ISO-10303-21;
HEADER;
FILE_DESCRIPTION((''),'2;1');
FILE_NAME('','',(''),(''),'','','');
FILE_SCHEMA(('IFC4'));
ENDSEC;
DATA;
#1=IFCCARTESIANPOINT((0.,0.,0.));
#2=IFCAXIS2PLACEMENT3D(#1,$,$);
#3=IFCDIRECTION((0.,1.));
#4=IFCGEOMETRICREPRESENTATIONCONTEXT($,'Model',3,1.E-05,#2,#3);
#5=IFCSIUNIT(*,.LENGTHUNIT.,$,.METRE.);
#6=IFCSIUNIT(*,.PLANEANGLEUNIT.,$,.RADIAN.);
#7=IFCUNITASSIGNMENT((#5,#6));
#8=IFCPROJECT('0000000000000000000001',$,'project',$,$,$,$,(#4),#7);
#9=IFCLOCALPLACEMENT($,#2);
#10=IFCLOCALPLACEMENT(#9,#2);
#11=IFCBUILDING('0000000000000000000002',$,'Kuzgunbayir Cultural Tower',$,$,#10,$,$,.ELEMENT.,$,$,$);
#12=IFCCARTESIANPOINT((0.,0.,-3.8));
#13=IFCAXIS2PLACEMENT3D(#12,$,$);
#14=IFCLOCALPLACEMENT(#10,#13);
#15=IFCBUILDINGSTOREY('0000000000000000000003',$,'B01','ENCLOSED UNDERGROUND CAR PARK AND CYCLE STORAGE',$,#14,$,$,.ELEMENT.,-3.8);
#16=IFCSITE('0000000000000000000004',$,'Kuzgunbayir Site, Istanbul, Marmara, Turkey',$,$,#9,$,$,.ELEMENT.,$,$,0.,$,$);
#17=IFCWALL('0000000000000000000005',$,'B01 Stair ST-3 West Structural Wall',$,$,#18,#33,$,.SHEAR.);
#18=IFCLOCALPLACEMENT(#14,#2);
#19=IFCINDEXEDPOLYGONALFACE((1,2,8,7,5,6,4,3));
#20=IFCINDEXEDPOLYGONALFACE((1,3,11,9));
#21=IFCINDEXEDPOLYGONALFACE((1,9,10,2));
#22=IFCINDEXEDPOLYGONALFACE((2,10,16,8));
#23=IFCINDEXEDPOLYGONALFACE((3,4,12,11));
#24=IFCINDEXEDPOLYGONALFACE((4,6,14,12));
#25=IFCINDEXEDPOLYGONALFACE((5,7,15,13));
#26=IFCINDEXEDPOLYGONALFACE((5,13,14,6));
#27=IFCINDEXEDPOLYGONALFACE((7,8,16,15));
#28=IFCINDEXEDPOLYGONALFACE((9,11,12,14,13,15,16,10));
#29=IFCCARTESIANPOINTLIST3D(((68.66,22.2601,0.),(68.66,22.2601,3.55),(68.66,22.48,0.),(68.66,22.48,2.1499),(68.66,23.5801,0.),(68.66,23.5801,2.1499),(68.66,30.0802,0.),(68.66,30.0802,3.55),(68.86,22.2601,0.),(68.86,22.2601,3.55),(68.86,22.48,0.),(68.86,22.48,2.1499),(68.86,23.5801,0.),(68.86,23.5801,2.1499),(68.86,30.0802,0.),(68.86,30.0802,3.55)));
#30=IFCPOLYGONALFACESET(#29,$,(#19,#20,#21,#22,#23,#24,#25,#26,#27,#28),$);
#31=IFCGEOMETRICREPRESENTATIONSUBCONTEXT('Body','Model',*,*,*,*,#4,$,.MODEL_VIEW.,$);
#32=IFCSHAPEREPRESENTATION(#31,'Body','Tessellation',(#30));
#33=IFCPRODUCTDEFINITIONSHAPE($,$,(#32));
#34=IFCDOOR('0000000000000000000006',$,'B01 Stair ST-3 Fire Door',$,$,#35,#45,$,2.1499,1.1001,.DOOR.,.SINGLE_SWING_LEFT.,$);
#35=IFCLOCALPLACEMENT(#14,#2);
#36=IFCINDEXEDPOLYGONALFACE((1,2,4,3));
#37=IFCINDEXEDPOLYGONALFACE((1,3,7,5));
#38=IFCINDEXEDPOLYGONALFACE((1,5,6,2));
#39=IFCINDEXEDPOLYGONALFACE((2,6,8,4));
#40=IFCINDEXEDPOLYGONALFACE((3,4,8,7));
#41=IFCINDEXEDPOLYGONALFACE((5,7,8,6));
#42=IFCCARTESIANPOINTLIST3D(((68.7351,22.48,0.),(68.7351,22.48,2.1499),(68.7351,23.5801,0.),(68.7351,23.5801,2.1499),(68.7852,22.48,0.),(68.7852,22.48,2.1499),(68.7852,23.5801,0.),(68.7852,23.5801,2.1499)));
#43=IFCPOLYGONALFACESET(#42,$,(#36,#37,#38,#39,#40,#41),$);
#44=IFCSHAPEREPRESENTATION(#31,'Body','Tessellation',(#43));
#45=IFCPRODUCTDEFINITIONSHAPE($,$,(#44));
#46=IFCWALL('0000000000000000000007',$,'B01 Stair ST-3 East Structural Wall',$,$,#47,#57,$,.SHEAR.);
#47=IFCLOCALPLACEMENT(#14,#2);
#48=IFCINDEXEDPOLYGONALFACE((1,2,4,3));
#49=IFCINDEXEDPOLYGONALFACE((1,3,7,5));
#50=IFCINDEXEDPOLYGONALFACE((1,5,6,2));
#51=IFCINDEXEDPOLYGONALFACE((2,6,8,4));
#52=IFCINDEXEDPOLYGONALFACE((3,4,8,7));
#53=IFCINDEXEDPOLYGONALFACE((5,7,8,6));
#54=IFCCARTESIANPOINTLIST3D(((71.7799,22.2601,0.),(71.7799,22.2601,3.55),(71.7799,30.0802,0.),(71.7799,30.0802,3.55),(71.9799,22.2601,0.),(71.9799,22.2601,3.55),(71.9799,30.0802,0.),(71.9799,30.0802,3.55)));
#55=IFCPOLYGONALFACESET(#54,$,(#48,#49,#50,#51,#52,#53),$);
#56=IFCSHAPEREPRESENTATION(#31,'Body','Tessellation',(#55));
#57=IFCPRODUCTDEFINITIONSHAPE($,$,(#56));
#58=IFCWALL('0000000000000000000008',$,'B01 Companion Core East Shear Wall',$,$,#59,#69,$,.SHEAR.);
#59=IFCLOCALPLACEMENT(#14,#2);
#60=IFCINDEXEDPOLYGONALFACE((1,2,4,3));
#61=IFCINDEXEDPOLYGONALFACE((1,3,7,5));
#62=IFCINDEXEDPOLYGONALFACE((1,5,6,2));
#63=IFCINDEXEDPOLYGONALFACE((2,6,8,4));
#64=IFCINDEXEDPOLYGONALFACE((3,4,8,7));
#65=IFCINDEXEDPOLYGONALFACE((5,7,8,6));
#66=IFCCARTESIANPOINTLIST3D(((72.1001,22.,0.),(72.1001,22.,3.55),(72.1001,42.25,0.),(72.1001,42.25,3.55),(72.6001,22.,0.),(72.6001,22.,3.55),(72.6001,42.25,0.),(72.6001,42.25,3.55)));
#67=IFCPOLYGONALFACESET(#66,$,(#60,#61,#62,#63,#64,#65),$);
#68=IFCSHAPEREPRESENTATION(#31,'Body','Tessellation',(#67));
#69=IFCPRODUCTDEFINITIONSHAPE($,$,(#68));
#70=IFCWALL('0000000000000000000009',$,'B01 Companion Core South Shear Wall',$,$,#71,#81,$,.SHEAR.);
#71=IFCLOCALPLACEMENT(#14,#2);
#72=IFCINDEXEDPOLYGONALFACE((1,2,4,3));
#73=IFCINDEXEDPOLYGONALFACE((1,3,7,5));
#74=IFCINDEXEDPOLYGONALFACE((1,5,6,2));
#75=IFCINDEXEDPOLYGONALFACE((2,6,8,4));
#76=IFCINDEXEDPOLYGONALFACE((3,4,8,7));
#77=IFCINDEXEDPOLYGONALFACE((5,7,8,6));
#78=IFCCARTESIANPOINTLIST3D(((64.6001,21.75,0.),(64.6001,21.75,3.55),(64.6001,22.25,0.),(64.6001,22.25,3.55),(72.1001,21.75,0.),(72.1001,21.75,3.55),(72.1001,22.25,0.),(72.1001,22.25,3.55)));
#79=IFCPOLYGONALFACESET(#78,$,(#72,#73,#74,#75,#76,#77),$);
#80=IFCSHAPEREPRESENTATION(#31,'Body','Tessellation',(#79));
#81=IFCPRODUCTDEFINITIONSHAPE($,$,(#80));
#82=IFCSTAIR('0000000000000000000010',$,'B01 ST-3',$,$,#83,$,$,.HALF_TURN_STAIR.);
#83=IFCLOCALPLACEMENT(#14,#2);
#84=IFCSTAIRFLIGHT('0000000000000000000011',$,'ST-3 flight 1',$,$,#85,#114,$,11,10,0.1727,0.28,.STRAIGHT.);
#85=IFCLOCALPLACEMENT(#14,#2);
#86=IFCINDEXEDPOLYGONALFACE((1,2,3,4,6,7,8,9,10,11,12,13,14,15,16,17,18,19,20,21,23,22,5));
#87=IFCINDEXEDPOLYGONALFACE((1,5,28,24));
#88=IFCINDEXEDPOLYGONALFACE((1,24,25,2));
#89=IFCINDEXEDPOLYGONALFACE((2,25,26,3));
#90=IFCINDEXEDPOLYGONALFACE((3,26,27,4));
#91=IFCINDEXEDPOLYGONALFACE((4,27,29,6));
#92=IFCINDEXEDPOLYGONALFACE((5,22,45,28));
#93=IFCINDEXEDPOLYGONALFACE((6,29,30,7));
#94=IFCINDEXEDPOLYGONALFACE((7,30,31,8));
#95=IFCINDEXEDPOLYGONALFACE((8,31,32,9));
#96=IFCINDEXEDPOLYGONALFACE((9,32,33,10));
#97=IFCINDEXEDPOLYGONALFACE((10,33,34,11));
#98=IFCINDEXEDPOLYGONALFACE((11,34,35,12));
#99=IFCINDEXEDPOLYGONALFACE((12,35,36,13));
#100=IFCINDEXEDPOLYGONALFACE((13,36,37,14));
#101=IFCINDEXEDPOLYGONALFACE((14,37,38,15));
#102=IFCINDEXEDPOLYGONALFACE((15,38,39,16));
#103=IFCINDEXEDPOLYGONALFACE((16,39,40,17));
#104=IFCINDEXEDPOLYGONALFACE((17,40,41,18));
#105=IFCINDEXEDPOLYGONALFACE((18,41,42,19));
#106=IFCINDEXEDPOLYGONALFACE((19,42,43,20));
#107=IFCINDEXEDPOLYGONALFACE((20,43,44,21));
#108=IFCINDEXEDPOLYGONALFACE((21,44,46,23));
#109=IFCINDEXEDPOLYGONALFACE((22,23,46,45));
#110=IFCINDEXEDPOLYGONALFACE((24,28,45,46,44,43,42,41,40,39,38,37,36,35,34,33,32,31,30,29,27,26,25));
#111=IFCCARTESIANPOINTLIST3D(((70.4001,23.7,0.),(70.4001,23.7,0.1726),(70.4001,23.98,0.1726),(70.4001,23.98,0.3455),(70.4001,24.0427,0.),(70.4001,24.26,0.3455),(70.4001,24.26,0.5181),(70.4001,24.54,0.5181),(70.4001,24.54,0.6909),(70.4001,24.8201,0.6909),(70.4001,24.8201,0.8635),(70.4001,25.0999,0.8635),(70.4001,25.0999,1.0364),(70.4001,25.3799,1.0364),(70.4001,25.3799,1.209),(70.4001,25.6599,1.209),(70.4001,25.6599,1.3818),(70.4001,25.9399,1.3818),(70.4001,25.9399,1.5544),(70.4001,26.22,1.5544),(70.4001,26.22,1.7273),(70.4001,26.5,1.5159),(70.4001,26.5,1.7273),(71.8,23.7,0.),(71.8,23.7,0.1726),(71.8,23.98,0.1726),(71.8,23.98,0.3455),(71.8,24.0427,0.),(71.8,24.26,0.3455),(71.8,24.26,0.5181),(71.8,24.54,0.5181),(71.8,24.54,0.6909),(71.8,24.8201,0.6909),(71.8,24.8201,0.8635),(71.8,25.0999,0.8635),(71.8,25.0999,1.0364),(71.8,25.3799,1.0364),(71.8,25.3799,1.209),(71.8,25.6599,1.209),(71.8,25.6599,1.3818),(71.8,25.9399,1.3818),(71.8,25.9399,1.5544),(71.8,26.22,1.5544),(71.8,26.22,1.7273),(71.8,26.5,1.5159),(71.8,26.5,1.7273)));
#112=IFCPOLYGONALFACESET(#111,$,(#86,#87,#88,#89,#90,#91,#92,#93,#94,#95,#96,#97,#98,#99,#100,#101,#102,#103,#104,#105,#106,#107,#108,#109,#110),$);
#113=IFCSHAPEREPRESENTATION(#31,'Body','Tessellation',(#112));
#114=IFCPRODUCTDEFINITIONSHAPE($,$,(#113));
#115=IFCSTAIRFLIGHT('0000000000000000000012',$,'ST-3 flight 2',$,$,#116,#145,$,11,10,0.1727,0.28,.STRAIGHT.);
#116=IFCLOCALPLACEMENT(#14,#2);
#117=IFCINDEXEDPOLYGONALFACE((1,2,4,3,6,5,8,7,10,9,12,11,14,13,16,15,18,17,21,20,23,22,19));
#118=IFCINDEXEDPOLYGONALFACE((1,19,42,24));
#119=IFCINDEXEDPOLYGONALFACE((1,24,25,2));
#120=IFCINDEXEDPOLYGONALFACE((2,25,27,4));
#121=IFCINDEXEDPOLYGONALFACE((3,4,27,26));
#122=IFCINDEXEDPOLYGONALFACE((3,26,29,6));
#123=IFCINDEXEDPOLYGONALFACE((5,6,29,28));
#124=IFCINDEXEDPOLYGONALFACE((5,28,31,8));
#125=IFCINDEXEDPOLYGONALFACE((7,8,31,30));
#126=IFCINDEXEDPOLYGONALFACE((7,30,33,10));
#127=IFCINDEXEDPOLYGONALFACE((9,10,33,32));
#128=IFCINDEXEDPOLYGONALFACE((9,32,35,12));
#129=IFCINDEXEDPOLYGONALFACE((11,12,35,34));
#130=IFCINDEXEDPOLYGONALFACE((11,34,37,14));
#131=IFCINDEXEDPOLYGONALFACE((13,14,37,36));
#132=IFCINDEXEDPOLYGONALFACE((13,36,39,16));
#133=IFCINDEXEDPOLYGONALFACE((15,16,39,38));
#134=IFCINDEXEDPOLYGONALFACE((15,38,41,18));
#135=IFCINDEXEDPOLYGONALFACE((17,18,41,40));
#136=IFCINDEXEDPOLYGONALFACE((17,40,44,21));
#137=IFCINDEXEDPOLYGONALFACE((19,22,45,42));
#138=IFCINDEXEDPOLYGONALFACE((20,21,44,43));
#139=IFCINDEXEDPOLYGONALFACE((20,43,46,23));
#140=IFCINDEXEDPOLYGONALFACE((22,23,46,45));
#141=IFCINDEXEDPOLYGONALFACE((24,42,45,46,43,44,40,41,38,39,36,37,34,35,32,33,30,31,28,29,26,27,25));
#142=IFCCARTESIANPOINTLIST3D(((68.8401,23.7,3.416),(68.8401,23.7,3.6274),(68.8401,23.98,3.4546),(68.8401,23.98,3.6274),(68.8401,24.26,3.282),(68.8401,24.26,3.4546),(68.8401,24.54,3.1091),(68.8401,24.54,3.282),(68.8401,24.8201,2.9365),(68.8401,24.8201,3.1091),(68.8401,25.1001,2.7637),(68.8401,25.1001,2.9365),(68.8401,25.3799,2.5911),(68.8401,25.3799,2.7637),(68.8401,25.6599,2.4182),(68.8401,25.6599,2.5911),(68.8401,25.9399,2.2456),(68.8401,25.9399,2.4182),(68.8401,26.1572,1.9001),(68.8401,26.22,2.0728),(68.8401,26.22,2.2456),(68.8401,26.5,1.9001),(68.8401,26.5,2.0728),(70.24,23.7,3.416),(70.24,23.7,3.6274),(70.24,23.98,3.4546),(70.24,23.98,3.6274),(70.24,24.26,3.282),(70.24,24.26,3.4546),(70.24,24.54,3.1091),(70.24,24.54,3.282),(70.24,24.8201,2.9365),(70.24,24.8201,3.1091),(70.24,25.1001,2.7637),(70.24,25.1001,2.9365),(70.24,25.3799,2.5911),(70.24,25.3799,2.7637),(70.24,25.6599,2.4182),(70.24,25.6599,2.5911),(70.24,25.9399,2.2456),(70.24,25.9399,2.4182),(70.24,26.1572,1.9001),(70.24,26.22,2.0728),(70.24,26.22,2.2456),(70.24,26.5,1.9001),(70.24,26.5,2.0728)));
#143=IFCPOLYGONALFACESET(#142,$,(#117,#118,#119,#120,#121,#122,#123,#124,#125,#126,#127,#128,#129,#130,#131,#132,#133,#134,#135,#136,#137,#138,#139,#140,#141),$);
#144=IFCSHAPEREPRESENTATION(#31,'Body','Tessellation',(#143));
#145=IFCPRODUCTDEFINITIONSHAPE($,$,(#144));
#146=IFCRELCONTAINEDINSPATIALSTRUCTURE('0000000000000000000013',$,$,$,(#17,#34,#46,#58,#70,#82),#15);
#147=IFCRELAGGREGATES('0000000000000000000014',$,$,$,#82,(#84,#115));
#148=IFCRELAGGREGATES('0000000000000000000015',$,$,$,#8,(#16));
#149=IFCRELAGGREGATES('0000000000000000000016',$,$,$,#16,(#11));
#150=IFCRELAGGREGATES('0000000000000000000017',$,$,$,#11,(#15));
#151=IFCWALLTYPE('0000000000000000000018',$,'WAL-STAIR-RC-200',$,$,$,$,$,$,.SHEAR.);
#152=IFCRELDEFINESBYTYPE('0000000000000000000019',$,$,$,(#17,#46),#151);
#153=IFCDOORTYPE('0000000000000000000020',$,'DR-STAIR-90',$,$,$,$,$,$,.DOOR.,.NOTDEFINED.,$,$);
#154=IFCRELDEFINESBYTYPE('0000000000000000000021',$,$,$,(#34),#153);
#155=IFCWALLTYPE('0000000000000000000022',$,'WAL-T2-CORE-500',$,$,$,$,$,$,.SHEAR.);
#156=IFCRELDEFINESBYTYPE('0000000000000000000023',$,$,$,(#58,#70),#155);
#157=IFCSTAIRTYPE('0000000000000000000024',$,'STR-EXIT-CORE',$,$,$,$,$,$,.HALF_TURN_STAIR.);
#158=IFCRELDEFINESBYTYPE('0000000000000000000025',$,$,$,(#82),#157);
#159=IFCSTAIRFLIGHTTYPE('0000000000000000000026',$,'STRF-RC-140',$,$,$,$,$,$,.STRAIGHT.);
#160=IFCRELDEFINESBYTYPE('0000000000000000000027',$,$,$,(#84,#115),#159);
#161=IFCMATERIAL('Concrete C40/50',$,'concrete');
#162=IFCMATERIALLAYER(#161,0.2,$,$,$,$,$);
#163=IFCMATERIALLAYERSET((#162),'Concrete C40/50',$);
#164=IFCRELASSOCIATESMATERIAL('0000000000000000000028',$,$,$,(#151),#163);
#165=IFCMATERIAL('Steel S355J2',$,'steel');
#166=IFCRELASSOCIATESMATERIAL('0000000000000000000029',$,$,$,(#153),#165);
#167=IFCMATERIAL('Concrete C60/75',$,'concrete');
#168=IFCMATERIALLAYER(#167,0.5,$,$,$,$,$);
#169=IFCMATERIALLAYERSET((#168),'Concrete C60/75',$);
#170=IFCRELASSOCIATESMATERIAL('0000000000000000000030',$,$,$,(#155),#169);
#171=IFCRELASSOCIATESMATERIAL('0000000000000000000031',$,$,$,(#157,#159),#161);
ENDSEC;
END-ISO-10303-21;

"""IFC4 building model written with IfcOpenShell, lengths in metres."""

from ifc_helpers import new_model, si_unit, direction, frame, frame_2d, origin, place, context, subcontext, project, spatial, polyline, rectangle, outline, extrude, material, layer, layer_set, type_object, element, fill, aggregate, save


model = new_model("IFC4")

# Units and contexts
model_context = context("Model", 3, precision=1e-05, world=origin(), true_north=direction((0.0, 1.0)))
body_context = subcontext(model_context, "Body", "Model", "MODEL_VIEW")
ifc_project = project(units=[si_unit("LENGTHUNIT", "METRE"), si_unit("PLANEANGLEUNIT", "RADIAN")], contexts=[model_context])

# Site, building, storey
site_placement = place(None, origin())
site = spatial("IfcSite", under=ifc_project, at=site_placement, Name="Kuzgunbayir Site, Istanbul, Marmara, Turkey", CompositionType="ELEMENT", RefElevation=0.0)
building_placement = place(site_placement, origin())
building = spatial("IfcBuilding", under=site, at=building_placement, Name="Kuzgunbayir Cultural Tower", CompositionType="ELEMENT")
storey_placement = place(building_placement, frame((0.0, 0.0, -3.8)))
storey = spatial("IfcBuildingStorey", under=building, at=storey_placement, Name="B01", Description="ENCLOSED UNDERGROUND CAR PARK AND CYCLE STORAGE", CompositionType="ELEMENT", Elevation=-3.8)

# Shared definitions
ifc_material_1 = material(Name="Concrete C60/75", Category="concrete")

# Wall, opening, door
ifc_material_2 = material(Name="Steel S355J2", Category="steel")
ifc_material_3 = material(Name="Concrete C40/50", Category="concrete")
ifc_layer_1 = layer(ifc_material_3, 0.2)
ifc_layer_set_1 = layer_set([ifc_layer_1], Name="Concrete C40/50")
wall_type_1 = type_object("IfcWallType", Name="WAL-STAIR-RC-200", PredefinedType="SHEAR", material=ifc_layer_set_1)
wall_1_placement = place(storey_placement, frame((68.76, 22.26, 0.0), z_axis=(0.0, 0.0, 1.0), x_axis=(0.0, 1.0, 0.0)))
wall_1 = element("IfcWall", 1, at=wall_1_placement, inside=storey, type_object=wall_type_1, Name="B01 Stair ST-3 West Structural Wall", PredefinedType="SHEAR", context=body_context, shape_type="SweptSolid", body=[
    extrude(rectangle(XDim=7.8201, YDim=0.2, at=frame_2d((3.9102, 0.0))), origin(), (0.0, 0.0, 1.0), 3.55),
])
opening_1_placement = place(wall_1_placement, frame((0.22, 0.0, 0.0)))
opening_1 = element("IfcOpeningElement", 2, at=opening_1_placement, cuts=wall_1, PredefinedType="OPENING", context=body_context, shape_type="SweptSolid", body=[
    extrude(rectangle(XDim=1.1001, YDim=2.1499, at=frame_2d((0.55, 1.075))), frame((0.0, 0.1099, 0.0), z_axis=(0.0, -1.0, 0.0), x_axis=(1.0, 0.0, 0.0)), (0.0, 0.0, 1.0), 0.22),
])
door_type_1 = type_object("IfcDoorType", Name="DR-STAIR-90", OperationType="NOTDEFINED", PredefinedType="DOOR", material=ifc_material_2)
door_1_placement = place(opening_1_placement, origin())
door_1 = element("IfcDoor", 3, at=door_1_placement, inside=storey, type_object=door_type_1, Name="B01 Stair ST-3 Fire Door", OperationType="SINGLE_SWING_LEFT", OverallHeight=2.1499, OverallWidth=1.1001, PredefinedType="DOOR", context=body_context, shape_type="SweptSolid", body=[
    extrude(rectangle(XDim=1.1001, YDim=2.1499, at=frame_2d((0.55, 1.075))), frame((0.0, 0.0249, 0.0), z_axis=(0.0, -1.0, 0.0), x_axis=(1.0, 0.0, 0.0)), (0.0, 0.0, 1.0), 0.05),
])
fill(opening_1, door_1)

# Walls
wall_2_placement = place(storey_placement, frame((71.8799, 22.26, 0.0), z_axis=(0.0, 0.0, 1.0), x_axis=(0.0, 1.0, 0.0)))
element("IfcWall", 4, at=wall_2_placement, inside=storey, type_object=wall_type_1, Name="B01 Stair ST-3 East Structural Wall", PredefinedType="SHEAR", context=body_context, shape_type="SweptSolid", body=[
    extrude(rectangle(XDim=7.8201, YDim=0.2, at=frame_2d((3.9102, 0.0))), origin(), (0.0, 0.0, 1.0), 3.55),
])
ifc_layer_2 = layer(ifc_material_1, 0.5)
ifc_layer_set_2 = layer_set([ifc_layer_2], Name="Concrete C60/75")
wall_type_2 = type_object("IfcWallType", Name="WAL-T2-CORE-500", PredefinedType="SHEAR", material=ifc_layer_set_2)
wall_3_placement = place(storey_placement, frame((72.3501, 22.0, 0.0), z_axis=(0.0, 0.0, 1.0), x_axis=(0.0, 1.0, 0.0)))
element("IfcWall", 5, at=wall_3_placement, inside=storey, type_object=wall_type_2, Name="B01 Companion Core East Shear Wall", PredefinedType="SHEAR", context=body_context, shape_type="SweptSolid", body=[
    extrude(rectangle(XDim=20.25, YDim=0.5, at=frame_2d((10.125, 0.0))), origin(), (0.0, 0.0, 1.0), 3.55),
])
wall_4_placement = place(storey_placement, frame((64.6001, 22.0, 0.0), z_axis=(0.0, 0.0, 1.0), x_axis=(1.0, 0.0, 0.0)))
element("IfcWall", 6, at=wall_4_placement, inside=storey, type_object=wall_type_2, Name="B01 Companion Core South Shear Wall", PredefinedType="SHEAR", context=body_context, shape_type="SweptSolid", body=[
    extrude(rectangle(XDim=7.5, YDim=0.5, at=frame_2d((3.75, 0.0))), origin(), (0.0, 0.0, 1.0), 3.55),
])

# Stair, stair flights
stair_type = type_object("IfcStairType", Name="STR-EXIT-CORE", PredefinedType="HALF_TURN_STAIR", material=ifc_material_3)
stair_placement = place(storey_placement, origin())
stair = element("IfcStair", 7, at=stair_placement, inside=storey, type_object=stair_type, Name="B01 ST-3", PredefinedType="HALF_TURN_STAIR")
stair_flight_type = type_object("IfcStairFlightType", Name="STRF-RC-140", PredefinedType="STRAIGHT", material=ifc_material_3)
stair_flight_1_placement = place(storey_placement, frame((71.1001, 23.7, 0.0), z_axis=(0.0, 0.0, 1.0), x_axis=(0.0, 1.0, 0.0)))
stair_flight_1 = element("IfcStairFlight", 8, at=stair_flight_1_placement, type_object=stair_flight_type, Name="ST-3 flight 1", NumberOfRisers=11, NumberOfTreads=10, PredefinedType="STRAIGHT", RiserHeight=0.1727, TreadLength=0.28, context=body_context, shape_type="SweptSolid", body=[
    extrude(outline(polyline([(0.0, 0.0), (0.0, 0.1726), (0.28, 0.1726), (0.28, 0.3455), (0.5601, 0.3455), (0.5601, 0.5181), (0.8401, 0.5181), (0.8401, 0.6909), (1.1201, 0.6909), (1.1201, 0.8635), (1.3999, 0.8635), (1.3999, 1.0364), (1.6799, 1.0364), (1.6799, 1.209), (1.96, 1.209), (1.96, 1.3818), (2.24, 1.3818), (2.24, 1.5544), (2.52, 1.5544), (2.52, 1.7273), (2.8, 1.7273), (2.8, 1.8999), (2.8, 1.5159), (0.3428, 0.0), (0.0, 0.0)])), frame((0.0, 0.7, 0.0), z_axis=(0.0, -1.0, 0.0), x_axis=(1.0, 0.0, 0.0)), (0.0, 0.0, 1.0), 1.3999),
])
stair_flight_2_placement = place(storey_placement, frame((69.54, 26.5, 1.9001), z_axis=(0.0, 0.0, 1.0), x_axis=(0.0, -1.0, 0.0)))
stair_flight_2 = element("IfcStairFlight", 9, at=stair_flight_2_placement, type_object=stair_flight_type, Name="ST-3 flight 2", NumberOfRisers=11, NumberOfTreads=10, PredefinedType="STRAIGHT", RiserHeight=0.1727, TreadLength=0.28, context=body_context, shape_type="SweptSolid", body=[
    extrude(outline(polyline([(0.0, 0.0), (0.0, 0.1726), (0.28, 0.1726), (0.28, 0.3455), (0.5601, 0.3455), (0.5601, 0.5181), (0.8401, 0.5181), (0.8401, 0.6909), (1.1201, 0.6909), (1.1201, 0.8635), (1.3999, 0.8635), (1.3999, 1.0364), (1.6799, 1.0364), (1.6799, 1.209), (1.96, 1.209), (1.96, 1.3818), (2.24, 1.3818), (2.24, 1.5544), (2.52, 1.5544), (2.52, 1.7273), (2.8, 1.7273), (2.8, 1.8999), (2.8, 1.5159), (0.3428, 0.0), (0.0, 0.0)])), frame((0.0, 0.7, 0.0), z_axis=(0.0, -1.0, 0.0), x_axis=(1.0, 0.0, 0.0)), (0.0, 0.0, 1.0), 1.3999),
])
aggregate(stair, [stair_flight_1, stair_flight_2])

save(model, "model.ifc")
